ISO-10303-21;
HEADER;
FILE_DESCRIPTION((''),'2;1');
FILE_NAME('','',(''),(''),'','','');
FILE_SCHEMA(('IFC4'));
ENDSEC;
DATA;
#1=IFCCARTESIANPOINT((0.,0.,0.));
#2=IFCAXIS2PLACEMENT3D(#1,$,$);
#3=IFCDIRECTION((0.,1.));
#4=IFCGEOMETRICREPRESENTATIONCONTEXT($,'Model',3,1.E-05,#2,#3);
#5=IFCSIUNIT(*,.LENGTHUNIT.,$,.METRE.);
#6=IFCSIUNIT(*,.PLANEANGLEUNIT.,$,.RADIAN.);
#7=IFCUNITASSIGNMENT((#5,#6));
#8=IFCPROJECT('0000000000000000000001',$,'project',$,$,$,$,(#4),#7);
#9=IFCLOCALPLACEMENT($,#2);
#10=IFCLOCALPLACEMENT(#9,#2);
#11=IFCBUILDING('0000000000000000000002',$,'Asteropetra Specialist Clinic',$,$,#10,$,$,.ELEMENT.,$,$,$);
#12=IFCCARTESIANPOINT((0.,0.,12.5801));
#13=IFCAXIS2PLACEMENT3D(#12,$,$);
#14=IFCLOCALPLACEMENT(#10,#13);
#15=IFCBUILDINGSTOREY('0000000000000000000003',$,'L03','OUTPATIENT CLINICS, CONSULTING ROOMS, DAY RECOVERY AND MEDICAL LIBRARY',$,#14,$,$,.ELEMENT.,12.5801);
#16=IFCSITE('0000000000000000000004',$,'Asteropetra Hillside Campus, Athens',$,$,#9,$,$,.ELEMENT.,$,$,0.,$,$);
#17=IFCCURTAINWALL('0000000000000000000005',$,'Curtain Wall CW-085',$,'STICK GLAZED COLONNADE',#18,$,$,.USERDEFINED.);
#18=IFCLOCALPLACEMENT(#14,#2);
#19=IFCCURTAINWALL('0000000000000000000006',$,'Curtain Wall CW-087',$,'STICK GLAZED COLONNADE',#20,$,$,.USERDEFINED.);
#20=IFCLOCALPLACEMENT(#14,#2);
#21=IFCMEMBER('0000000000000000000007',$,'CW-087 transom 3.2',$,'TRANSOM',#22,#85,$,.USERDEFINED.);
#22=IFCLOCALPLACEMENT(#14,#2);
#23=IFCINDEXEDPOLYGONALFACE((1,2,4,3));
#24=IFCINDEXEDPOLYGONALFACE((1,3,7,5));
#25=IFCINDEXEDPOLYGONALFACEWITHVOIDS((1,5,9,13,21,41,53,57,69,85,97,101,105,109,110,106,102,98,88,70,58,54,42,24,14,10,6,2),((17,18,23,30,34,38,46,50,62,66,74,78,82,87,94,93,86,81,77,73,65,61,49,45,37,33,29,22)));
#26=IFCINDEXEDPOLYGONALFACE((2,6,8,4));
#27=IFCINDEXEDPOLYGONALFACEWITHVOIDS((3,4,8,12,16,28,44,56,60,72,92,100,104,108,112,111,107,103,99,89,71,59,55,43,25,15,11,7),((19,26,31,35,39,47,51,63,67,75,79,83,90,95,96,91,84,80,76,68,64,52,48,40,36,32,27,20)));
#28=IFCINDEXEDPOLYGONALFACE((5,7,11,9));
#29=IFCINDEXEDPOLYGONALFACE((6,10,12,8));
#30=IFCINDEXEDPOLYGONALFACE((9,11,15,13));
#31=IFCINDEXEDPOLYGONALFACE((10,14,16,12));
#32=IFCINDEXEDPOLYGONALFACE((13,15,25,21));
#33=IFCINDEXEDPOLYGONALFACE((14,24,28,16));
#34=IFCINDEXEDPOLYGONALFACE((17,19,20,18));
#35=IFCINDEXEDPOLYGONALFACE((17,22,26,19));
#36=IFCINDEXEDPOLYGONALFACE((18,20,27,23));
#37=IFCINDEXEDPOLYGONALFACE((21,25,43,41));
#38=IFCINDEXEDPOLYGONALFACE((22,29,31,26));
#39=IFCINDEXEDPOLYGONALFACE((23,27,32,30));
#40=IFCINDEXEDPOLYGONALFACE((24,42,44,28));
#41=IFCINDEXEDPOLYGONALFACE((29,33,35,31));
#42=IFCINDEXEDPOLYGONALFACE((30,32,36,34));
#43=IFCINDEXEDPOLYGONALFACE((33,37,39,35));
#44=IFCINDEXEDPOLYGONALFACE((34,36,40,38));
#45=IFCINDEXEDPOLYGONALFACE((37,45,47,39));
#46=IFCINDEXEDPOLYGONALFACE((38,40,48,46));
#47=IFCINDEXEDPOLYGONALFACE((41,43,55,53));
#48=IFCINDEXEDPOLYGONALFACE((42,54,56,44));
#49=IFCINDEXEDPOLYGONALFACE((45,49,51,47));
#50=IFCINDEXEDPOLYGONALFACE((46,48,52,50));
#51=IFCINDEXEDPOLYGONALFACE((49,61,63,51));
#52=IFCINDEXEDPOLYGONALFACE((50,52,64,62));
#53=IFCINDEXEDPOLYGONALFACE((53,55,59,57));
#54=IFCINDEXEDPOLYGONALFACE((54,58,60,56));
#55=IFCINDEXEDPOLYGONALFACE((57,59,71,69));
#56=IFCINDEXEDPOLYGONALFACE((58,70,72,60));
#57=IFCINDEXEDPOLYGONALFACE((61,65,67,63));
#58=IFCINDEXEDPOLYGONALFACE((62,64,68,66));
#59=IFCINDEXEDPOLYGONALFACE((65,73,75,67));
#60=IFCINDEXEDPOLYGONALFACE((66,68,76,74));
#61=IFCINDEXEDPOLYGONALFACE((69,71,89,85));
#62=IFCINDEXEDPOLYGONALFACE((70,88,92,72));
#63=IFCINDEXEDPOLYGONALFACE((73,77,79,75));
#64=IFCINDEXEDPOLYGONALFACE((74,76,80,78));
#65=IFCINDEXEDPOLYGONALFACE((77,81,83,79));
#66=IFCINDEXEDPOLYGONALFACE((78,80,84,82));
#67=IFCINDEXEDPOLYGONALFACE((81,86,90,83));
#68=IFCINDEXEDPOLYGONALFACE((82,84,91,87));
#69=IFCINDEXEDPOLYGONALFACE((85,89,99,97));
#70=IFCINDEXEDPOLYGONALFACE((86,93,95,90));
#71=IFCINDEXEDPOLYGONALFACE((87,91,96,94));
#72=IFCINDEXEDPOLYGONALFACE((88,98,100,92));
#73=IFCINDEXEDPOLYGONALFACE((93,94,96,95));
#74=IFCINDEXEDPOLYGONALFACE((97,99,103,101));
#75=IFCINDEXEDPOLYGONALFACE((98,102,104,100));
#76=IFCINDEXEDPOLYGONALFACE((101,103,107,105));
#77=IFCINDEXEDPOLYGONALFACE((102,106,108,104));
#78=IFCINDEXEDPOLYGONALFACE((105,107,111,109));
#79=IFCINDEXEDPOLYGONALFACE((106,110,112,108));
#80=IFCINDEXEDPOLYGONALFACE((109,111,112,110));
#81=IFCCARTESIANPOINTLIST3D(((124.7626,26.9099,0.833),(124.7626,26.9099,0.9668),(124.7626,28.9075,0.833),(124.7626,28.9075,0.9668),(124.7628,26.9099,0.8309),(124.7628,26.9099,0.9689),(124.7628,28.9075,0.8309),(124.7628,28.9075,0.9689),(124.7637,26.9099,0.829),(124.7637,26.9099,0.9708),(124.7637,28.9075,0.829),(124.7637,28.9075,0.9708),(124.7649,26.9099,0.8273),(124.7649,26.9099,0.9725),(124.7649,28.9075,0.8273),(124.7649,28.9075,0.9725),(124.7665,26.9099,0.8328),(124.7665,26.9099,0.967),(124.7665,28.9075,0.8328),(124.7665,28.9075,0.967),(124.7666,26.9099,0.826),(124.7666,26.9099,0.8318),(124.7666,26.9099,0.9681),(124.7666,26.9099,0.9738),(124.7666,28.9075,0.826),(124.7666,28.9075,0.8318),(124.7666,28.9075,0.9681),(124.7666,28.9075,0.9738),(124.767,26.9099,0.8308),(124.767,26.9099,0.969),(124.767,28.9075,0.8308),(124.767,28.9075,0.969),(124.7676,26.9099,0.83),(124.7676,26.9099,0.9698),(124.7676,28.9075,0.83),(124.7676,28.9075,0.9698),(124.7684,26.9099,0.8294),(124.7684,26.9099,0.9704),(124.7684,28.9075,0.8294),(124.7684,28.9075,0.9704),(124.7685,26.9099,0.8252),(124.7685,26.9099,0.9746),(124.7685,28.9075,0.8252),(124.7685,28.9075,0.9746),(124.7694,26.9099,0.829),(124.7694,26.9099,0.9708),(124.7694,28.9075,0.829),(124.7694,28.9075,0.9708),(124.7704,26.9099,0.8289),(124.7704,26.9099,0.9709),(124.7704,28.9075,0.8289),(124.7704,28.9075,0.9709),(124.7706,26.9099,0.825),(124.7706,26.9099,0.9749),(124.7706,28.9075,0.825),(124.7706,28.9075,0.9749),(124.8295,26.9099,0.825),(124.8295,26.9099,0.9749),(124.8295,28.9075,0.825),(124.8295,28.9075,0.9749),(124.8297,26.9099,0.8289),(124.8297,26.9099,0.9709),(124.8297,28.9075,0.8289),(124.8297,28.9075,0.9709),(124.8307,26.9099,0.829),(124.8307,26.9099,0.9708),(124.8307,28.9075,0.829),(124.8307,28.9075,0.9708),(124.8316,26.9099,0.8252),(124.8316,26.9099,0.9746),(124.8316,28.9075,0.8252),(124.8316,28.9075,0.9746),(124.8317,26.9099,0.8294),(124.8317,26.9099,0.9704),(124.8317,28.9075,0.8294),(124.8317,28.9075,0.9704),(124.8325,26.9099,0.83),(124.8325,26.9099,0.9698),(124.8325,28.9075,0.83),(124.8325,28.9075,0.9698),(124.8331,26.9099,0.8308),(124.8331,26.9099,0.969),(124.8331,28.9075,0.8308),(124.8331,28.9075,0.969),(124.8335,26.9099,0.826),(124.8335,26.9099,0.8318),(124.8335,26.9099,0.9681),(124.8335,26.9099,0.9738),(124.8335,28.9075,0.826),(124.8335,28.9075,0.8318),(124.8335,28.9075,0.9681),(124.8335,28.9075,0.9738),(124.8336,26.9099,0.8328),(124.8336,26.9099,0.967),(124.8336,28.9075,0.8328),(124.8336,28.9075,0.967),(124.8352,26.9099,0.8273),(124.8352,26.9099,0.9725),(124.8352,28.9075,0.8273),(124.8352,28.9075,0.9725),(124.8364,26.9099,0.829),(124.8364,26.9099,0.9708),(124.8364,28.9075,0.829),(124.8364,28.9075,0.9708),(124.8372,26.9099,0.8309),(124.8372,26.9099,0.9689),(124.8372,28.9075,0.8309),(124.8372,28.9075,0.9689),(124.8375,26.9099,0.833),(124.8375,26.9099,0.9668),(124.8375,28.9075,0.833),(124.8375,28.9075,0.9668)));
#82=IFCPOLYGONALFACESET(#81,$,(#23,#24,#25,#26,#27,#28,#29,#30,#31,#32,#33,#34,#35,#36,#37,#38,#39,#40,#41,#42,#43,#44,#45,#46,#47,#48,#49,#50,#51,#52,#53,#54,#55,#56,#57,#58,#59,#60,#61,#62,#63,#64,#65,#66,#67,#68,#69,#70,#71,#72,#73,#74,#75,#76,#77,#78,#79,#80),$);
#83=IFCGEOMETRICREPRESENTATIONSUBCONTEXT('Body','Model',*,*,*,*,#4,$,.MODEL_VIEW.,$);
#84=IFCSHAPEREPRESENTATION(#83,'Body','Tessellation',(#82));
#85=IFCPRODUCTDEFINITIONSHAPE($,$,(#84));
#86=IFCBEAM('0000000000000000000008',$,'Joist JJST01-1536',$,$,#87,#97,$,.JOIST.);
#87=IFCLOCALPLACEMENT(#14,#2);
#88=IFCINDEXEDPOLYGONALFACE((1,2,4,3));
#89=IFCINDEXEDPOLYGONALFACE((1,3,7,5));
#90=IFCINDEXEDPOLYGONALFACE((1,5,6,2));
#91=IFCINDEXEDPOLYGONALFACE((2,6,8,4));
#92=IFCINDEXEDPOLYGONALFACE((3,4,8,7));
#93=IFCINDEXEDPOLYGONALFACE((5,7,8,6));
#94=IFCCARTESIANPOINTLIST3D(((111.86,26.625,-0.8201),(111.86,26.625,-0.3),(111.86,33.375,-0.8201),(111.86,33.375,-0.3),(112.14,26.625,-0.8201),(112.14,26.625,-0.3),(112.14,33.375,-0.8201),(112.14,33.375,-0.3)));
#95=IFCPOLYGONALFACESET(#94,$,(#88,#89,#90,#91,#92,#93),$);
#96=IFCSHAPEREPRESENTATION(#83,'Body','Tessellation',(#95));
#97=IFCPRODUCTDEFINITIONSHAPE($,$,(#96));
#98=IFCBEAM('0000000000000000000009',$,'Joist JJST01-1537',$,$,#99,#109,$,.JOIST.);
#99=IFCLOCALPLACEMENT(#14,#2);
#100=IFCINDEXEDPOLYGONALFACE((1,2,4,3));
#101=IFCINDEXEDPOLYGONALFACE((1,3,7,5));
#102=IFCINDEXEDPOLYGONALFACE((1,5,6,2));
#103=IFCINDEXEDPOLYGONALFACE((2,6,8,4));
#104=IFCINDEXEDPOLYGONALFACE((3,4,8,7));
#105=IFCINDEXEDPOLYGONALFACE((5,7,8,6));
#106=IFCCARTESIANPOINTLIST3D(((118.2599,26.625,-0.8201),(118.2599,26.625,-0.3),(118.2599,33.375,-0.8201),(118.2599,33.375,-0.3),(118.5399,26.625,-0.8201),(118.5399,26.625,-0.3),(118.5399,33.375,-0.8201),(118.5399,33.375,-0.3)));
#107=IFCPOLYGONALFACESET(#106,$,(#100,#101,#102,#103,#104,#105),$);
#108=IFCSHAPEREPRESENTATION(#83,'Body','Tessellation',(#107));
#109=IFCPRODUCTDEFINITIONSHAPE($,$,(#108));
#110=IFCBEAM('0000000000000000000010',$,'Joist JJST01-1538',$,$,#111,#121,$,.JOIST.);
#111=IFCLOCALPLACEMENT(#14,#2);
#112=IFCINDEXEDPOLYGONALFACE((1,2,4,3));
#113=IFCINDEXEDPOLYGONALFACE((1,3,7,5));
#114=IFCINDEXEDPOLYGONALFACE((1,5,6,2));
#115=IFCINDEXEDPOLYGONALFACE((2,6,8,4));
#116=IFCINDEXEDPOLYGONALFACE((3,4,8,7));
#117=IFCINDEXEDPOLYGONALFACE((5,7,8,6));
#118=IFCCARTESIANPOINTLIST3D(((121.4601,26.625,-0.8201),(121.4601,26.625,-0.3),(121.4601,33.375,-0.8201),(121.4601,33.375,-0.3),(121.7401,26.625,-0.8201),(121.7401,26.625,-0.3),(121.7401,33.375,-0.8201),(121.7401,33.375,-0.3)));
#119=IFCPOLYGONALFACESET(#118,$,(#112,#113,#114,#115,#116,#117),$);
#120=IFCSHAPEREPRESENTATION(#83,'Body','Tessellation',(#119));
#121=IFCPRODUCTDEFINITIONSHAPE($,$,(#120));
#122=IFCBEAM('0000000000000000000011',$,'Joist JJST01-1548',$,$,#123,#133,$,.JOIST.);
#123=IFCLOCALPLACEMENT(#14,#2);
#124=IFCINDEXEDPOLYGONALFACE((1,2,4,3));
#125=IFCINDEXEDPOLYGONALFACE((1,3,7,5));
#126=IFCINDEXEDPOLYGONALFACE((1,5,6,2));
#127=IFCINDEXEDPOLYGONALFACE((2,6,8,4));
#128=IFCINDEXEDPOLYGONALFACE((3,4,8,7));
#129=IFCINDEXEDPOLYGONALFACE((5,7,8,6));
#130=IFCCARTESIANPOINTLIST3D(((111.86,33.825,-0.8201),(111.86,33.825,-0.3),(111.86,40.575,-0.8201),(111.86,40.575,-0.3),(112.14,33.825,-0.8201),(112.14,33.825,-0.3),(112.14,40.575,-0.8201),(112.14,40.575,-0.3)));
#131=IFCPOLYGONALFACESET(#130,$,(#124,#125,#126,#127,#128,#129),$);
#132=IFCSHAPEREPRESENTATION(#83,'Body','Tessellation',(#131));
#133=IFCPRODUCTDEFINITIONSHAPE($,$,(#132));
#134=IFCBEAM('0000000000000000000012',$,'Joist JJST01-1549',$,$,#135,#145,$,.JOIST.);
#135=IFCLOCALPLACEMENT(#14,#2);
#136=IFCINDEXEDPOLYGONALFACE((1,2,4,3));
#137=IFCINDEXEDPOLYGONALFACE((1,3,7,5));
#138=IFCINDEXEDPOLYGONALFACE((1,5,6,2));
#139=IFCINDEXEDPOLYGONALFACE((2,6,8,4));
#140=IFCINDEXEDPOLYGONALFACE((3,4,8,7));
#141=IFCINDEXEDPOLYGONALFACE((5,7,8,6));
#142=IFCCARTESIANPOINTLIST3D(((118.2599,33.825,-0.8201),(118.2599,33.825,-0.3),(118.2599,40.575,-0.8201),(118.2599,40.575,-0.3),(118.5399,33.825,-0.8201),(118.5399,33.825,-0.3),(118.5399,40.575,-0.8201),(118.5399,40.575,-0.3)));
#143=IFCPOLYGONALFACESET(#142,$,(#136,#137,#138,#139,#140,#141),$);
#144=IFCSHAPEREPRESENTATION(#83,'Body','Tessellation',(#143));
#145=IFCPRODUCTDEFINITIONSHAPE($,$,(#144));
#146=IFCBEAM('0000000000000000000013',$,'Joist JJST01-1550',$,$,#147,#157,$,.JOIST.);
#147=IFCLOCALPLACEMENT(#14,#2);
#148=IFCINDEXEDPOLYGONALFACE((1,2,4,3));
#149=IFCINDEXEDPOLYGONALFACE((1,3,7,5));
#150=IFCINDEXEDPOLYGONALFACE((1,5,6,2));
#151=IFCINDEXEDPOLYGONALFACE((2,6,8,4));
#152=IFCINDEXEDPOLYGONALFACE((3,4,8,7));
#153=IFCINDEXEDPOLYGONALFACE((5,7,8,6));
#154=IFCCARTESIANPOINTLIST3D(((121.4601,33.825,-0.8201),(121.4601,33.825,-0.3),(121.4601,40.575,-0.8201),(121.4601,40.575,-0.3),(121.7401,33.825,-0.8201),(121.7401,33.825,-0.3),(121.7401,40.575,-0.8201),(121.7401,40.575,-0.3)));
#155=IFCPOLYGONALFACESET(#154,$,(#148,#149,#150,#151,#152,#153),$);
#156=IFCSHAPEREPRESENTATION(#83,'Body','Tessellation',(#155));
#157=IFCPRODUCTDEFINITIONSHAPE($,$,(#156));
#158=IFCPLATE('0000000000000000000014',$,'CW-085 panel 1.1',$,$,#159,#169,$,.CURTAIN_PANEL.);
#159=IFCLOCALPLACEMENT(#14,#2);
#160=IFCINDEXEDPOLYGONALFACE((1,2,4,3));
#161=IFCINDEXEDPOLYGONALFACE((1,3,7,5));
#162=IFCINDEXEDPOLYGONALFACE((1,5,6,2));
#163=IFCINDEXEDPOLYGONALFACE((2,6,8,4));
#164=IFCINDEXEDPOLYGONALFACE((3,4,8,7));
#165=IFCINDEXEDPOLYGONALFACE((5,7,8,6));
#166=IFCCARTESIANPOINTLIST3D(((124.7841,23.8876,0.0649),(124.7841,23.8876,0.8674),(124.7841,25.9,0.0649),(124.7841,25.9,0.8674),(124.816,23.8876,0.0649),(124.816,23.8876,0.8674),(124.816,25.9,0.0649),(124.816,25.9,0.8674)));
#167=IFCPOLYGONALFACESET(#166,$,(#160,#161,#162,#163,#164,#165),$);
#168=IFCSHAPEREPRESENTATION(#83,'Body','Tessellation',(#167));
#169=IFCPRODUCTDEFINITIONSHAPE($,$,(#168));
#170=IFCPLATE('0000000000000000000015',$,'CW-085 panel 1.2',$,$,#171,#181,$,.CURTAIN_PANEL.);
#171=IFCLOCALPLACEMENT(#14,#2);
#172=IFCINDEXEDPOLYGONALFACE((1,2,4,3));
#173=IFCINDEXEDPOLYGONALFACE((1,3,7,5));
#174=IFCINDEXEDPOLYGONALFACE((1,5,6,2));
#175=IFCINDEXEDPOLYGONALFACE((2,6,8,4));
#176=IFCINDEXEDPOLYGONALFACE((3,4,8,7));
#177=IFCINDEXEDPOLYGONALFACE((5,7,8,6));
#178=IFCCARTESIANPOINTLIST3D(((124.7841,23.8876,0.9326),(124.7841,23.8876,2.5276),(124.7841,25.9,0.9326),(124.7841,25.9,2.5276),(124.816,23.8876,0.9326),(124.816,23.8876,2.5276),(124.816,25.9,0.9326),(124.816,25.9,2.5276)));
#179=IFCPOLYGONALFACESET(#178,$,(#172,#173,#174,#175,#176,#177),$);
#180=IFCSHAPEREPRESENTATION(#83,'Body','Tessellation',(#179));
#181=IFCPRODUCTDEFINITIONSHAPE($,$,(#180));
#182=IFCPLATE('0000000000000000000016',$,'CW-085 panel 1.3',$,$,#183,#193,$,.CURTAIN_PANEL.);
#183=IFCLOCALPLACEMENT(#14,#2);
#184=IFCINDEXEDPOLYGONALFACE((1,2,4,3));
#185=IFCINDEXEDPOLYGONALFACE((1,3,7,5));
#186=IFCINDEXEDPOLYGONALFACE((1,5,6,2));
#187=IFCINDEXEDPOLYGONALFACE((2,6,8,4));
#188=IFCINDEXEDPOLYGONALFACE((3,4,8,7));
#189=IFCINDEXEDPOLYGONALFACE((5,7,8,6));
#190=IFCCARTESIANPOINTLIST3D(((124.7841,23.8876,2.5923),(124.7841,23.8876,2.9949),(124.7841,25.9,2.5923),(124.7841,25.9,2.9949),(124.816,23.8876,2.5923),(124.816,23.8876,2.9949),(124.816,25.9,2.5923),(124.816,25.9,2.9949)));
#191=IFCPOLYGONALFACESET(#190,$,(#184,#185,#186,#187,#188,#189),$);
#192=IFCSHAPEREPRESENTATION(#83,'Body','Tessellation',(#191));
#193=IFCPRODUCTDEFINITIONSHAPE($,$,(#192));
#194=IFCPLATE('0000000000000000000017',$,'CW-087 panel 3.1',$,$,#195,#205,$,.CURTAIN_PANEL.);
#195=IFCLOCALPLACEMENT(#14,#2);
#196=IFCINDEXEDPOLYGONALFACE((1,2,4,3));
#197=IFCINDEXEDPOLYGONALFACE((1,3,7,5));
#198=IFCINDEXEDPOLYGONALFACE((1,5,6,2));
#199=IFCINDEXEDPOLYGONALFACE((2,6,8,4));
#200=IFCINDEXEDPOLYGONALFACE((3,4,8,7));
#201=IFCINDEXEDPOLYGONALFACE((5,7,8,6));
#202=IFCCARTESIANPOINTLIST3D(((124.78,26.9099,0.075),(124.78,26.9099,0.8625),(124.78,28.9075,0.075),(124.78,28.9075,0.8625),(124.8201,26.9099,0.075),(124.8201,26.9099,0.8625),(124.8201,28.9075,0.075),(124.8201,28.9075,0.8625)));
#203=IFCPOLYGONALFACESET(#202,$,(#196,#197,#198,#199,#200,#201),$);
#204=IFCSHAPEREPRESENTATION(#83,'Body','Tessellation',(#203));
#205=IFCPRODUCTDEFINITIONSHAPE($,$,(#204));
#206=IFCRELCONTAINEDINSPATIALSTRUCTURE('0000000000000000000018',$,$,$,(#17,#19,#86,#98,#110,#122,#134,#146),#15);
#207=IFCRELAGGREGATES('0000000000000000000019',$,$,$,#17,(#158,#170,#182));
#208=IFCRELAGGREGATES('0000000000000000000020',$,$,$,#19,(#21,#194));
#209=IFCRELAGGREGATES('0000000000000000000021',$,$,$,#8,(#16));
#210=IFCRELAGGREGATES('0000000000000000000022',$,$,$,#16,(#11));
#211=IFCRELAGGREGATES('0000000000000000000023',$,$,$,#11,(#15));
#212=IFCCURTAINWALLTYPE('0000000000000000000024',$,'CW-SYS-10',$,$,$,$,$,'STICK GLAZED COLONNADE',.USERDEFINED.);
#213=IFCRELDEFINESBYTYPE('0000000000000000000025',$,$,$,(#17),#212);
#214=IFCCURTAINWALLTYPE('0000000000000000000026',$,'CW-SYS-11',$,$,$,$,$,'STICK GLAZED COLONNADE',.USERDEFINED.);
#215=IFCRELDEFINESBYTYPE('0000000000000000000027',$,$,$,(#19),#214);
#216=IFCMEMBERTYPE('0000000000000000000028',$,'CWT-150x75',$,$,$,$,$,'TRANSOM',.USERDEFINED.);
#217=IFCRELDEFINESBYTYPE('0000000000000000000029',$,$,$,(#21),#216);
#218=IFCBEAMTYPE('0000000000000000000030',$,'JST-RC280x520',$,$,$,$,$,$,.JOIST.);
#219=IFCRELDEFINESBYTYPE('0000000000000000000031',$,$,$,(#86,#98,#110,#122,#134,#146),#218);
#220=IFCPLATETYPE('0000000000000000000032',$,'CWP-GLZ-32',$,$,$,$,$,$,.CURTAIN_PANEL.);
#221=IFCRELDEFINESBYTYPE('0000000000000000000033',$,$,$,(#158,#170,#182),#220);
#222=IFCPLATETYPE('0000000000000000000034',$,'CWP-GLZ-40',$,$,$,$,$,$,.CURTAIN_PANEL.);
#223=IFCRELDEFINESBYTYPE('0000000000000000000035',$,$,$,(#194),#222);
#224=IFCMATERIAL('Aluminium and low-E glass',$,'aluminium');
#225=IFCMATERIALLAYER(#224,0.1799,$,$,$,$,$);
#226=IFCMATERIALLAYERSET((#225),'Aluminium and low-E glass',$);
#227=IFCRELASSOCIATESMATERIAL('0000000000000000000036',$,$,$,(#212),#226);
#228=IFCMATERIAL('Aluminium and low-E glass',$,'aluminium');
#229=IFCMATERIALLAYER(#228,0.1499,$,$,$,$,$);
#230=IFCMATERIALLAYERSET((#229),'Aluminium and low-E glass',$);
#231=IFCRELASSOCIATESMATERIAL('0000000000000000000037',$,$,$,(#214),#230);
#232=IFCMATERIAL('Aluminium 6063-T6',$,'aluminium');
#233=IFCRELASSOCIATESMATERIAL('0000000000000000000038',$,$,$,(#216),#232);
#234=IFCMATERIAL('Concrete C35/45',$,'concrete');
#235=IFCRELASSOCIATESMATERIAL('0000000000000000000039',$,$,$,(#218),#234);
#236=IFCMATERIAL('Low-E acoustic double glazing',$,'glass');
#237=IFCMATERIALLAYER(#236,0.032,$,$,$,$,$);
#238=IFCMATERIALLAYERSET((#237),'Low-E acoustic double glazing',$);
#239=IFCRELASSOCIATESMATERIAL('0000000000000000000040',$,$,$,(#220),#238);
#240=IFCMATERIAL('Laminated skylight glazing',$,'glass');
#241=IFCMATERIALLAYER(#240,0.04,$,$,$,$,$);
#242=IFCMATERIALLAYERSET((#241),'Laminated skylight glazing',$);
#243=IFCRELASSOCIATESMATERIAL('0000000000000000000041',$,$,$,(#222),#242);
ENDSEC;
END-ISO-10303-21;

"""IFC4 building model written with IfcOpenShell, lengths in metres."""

from ifc_helpers import new_model, si_unit, direction, frame, origin, origin_2d, place, context, subcontext, project, spatial, rectangle, hollow_rectangle, extrude, material, layer, layer_set, material_profile, profile_set, type_object, element, aggregate, save


model = new_model("IFC4")

# Units and contexts
model_context = context("Model", 3, precision=1e-05, world=origin(), true_north=direction((0.0, 1.0)))
body_context = subcontext(model_context, "Body", "Model", "MODEL_VIEW")
ifc_project = project(units=[si_unit("LENGTHUNIT", "METRE"), si_unit("PLANEANGLEUNIT", "RADIAN")], contexts=[model_context])

# Site, building, storey
site_placement = place(None, origin())
site = spatial("IfcSite", under=ifc_project, at=site_placement, Name="Asteropetra Hillside Campus, Athens", CompositionType="ELEMENT", RefElevation=0.0)
building_placement = place(site_placement, origin())
building = spatial("IfcBuilding", under=site, at=building_placement, Name="Asteropetra Specialist Clinic", CompositionType="ELEMENT")
storey_placement = place(building_placement, frame((0.0, 0.0, 12.5801)))
storey = spatial("IfcBuildingStorey", under=building, at=storey_placement, Name="L03", Description="OUTPATIENT CLINICS, CONSULTING ROOMS, DAY RECOVERY AND MEDICAL LIBRARY", CompositionType="ELEMENT", Elevation=12.5801)

# Curtain walls
ifc_material_1 = material(Name="Aluminium and low-E glass", Category="aluminium")
ifc_layer_1 = layer(ifc_material_1, 0.1799)
ifc_layer_set_1 = layer_set([ifc_layer_1], Name="Aluminium and low-E glass")
curtain_wall_type_1 = type_object("IfcCurtainWallType", Name="CW-SYS-10", ElementType="STICK GLAZED COLONNADE", PredefinedType="USERDEFINED", material=ifc_layer_set_1)
curtain_wall_1_placement = place(storey_placement, origin())
curtain_wall_1 = element("IfcCurtainWall", 1, at=curtain_wall_1_placement, inside=storey, type_object=curtain_wall_type_1, Name="Curtain Wall CW-085", ObjectType="STICK GLAZED COLONNADE", PredefinedType="USERDEFINED")
ifc_material_2 = material(Name="Aluminium and low-E glass", Category="aluminium")
ifc_layer_2 = layer(ifc_material_2, 0.1499)
ifc_layer_set_2 = layer_set([ifc_layer_2], Name="Aluminium and low-E glass")
curtain_wall_type_2 = type_object("IfcCurtainWallType", Name="CW-SYS-11", ElementType="STICK GLAZED COLONNADE", PredefinedType="USERDEFINED", material=ifc_layer_set_2)
curtain_wall_2_placement = place(storey_placement, origin())
curtain_wall_2 = element("IfcCurtainWall", 2, at=curtain_wall_2_placement, inside=storey, type_object=curtain_wall_type_2, Name="Curtain Wall CW-087", ObjectType="STICK GLAZED COLONNADE", PredefinedType="USERDEFINED")

# Member
ifc_material_3 = material(Name="Aluminium 6063-T6", Category="aluminium")
ifc_material_profile_1 = material_profile(ifc_material_3, hollow_rectangle(XDim=0.075, YDim=0.1499, WallThickness=0.0039, InnerFilletRadius=0.0039, OuterFilletRadius=0.0081, at=origin_2d()), Name="TRN 150x75x4.0")
ifc_profile_set_1 = profile_set([ifc_material_profile_1], Name="Aluminium 6063-T6")
member_type_1 = type_object("IfcMemberType", Name="CWT-150x75", ElementType="TRANSOM", PredefinedType="USERDEFINED", material=ifc_profile_set_1)
member_1_placement = place(storey_placement, frame((124.8, 28.9075, 0.8999), z_axis=(0.0, -1.0, 0.0), x_axis=(1.0, 0.0, 0.0)))
member_1 = element("IfcMember", 3, at=member_1_placement, type_object=member_type_1, Name="CW-087 transom 3.2", ObjectType="TRANSOM", PredefinedType="USERDEFINED", context=body_context, shape_type="SweptSolid", body=[
    extrude(hollow_rectangle(XDim=0.075, YDim=0.1499, WallThickness=0.0039, InnerFilletRadius=0.0039, OuterFilletRadius=0.0081, at=origin_2d()), origin(), (0.0, 0.0, 1.0), 1.9976),
])

# Beams
ifc_material_4 = material(Name="Concrete C35/45", Category="concrete")
ifc_material_profile_2 = material_profile(ifc_material_4, rectangle(XDim=0.28, YDim=0.52, at=origin_2d()), Name="RCJ 280x520")
ifc_profile_set_2 = profile_set([ifc_material_profile_2], Name="Concrete C35/45")
beam_type_1 = type_object("IfcBeamType", Name="JST-RC280x520", PredefinedType="JOIST", material=ifc_profile_set_2)
for number, where, z_axis, x_axis, name in (
    (4, (112.0, 26.625, -0.5601), (0.0, 1.0, 0.0), (-1.0, 0.0, 0.0), "Joist JJST01-1536"),
    (5, (118.3999, 26.625, -0.5601), (0.0, 1.0, 0.0), (-1.0, 0.0, 0.0), "Joist JJST01-1537"),
    (6, (121.6001, 26.625, -0.5601), (0.0, 1.0, 0.0), (-1.0, 0.0, 0.0), "Joist JJST01-1538"),
    (7, (112.0, 33.825, -0.5601), (0.0, 1.0, 0.0), (-1.0, 0.0, 0.0), "Joist JJST01-1548"),
    (8, (118.3999, 33.825, -0.5601), (0.0, 1.0, 0.0), (-1.0, 0.0, 0.0), "Joist JJST01-1549"),
    (9, (121.6001, 33.825, -0.5601), (0.0, 1.0, 0.0), (-1.0, 0.0, 0.0), "Joist JJST01-1550"),
):
    element("IfcBeam", number, at=place(storey_placement, frame(where, z_axis=z_axis, x_axis=x_axis)), inside=storey, type_object=beam_type_1, Name=name, PredefinedType="JOIST", context=body_context, shape_type="SweptSolid", body=[
        extrude(rectangle(XDim=0.28, YDim=0.52, at=origin_2d()), origin(), (0.0, 0.0, 1.0), 6.75),
    ])

# Plates
ifc_material_5 = material(Name="Low-E acoustic double glazing", Category="glass")
ifc_layer_3 = layer(ifc_material_5, 0.032)
ifc_layer_set_3 = layer_set([ifc_layer_3], Name="Low-E acoustic double glazing")
plate_type_1 = type_object("IfcPlateType", Name="CWP-GLZ-32", PredefinedType="CURTAIN_PANEL", material=ifc_layer_set_3)
plate_1_placement = place(storey_placement, frame((124.8, 24.8938, 0.0649), z_axis=(0.0, 0.0, 1.0), x_axis=(0.0, -1.0, 0.0)))
plate_1 = element("IfcPlate", 10, at=plate_1_placement, type_object=plate_type_1, Name="CW-085 panel 1.1", PredefinedType="CURTAIN_PANEL", context=body_context, shape_type="SweptSolid", body=[
    extrude(rectangle(XDim=2.0125, YDim=0.032, at=origin_2d()), origin(), (0.0, 0.0, 1.0), 0.8025),
])
plate_2_placement = place(storey_placement, frame((124.8, 24.8938, 0.9326), z_axis=(0.0, 0.0, 1.0), x_axis=(0.0, -1.0, 0.0)))
plate_2 = element("IfcPlate", 11, at=plate_2_placement, type_object=plate_type_1, Name="CW-085 panel 1.2", PredefinedType="CURTAIN_PANEL", context=body_context, shape_type="SweptSolid", body=[
    extrude(rectangle(XDim=2.0125, YDim=0.032, at=origin_2d()), origin(), (0.0, 0.0, 1.0), 1.595),
])
plate_3_placement = place(storey_placement, frame((124.8, 24.8938, 2.5923), z_axis=(0.0, 0.0, 1.0), x_axis=(0.0, -1.0, 0.0)))
plate_3 = element("IfcPlate", 12, at=plate_3_placement, type_object=plate_type_1, Name="CW-085 panel 1.3", PredefinedType="CURTAIN_PANEL", context=body_context, shape_type="SweptSolid", body=[
    extrude(rectangle(XDim=2.0125, YDim=0.032, at=origin_2d()), origin(), (0.0, 0.0, 1.0), 0.4026),
])
aggregate(curtain_wall_1, [plate_1, plate_2, plate_3])
ifc_material_6 = material(Name="Laminated skylight glazing", Category="glass")
ifc_layer_4 = layer(ifc_material_6, 0.04)
ifc_layer_set_4 = layer_set([ifc_layer_4], Name="Laminated skylight glazing")
plate_type_2 = type_object("IfcPlateType", Name="CWP-GLZ-40", PredefinedType="CURTAIN_PANEL", material=ifc_layer_set_4)
plate_4_placement = place(storey_placement, frame((124.8, 27.9087, 0.075), z_axis=(0.0, 0.0, 1.0), x_axis=(0.0, -1.0, 0.0)))
plate_4 = element("IfcPlate", 13, at=plate_4_placement, type_object=plate_type_2, Name="CW-087 panel 3.1", PredefinedType="CURTAIN_PANEL", context=body_context, shape_type="SweptSolid", body=[
    extrude(rectangle(XDim=1.9976, YDim=0.04, at=origin_2d()), origin(), (0.0, 0.0, 1.0), 0.7876),
])
aggregate(curtain_wall_2, [member_1, plate_4])

save(model, "model.ifc")
